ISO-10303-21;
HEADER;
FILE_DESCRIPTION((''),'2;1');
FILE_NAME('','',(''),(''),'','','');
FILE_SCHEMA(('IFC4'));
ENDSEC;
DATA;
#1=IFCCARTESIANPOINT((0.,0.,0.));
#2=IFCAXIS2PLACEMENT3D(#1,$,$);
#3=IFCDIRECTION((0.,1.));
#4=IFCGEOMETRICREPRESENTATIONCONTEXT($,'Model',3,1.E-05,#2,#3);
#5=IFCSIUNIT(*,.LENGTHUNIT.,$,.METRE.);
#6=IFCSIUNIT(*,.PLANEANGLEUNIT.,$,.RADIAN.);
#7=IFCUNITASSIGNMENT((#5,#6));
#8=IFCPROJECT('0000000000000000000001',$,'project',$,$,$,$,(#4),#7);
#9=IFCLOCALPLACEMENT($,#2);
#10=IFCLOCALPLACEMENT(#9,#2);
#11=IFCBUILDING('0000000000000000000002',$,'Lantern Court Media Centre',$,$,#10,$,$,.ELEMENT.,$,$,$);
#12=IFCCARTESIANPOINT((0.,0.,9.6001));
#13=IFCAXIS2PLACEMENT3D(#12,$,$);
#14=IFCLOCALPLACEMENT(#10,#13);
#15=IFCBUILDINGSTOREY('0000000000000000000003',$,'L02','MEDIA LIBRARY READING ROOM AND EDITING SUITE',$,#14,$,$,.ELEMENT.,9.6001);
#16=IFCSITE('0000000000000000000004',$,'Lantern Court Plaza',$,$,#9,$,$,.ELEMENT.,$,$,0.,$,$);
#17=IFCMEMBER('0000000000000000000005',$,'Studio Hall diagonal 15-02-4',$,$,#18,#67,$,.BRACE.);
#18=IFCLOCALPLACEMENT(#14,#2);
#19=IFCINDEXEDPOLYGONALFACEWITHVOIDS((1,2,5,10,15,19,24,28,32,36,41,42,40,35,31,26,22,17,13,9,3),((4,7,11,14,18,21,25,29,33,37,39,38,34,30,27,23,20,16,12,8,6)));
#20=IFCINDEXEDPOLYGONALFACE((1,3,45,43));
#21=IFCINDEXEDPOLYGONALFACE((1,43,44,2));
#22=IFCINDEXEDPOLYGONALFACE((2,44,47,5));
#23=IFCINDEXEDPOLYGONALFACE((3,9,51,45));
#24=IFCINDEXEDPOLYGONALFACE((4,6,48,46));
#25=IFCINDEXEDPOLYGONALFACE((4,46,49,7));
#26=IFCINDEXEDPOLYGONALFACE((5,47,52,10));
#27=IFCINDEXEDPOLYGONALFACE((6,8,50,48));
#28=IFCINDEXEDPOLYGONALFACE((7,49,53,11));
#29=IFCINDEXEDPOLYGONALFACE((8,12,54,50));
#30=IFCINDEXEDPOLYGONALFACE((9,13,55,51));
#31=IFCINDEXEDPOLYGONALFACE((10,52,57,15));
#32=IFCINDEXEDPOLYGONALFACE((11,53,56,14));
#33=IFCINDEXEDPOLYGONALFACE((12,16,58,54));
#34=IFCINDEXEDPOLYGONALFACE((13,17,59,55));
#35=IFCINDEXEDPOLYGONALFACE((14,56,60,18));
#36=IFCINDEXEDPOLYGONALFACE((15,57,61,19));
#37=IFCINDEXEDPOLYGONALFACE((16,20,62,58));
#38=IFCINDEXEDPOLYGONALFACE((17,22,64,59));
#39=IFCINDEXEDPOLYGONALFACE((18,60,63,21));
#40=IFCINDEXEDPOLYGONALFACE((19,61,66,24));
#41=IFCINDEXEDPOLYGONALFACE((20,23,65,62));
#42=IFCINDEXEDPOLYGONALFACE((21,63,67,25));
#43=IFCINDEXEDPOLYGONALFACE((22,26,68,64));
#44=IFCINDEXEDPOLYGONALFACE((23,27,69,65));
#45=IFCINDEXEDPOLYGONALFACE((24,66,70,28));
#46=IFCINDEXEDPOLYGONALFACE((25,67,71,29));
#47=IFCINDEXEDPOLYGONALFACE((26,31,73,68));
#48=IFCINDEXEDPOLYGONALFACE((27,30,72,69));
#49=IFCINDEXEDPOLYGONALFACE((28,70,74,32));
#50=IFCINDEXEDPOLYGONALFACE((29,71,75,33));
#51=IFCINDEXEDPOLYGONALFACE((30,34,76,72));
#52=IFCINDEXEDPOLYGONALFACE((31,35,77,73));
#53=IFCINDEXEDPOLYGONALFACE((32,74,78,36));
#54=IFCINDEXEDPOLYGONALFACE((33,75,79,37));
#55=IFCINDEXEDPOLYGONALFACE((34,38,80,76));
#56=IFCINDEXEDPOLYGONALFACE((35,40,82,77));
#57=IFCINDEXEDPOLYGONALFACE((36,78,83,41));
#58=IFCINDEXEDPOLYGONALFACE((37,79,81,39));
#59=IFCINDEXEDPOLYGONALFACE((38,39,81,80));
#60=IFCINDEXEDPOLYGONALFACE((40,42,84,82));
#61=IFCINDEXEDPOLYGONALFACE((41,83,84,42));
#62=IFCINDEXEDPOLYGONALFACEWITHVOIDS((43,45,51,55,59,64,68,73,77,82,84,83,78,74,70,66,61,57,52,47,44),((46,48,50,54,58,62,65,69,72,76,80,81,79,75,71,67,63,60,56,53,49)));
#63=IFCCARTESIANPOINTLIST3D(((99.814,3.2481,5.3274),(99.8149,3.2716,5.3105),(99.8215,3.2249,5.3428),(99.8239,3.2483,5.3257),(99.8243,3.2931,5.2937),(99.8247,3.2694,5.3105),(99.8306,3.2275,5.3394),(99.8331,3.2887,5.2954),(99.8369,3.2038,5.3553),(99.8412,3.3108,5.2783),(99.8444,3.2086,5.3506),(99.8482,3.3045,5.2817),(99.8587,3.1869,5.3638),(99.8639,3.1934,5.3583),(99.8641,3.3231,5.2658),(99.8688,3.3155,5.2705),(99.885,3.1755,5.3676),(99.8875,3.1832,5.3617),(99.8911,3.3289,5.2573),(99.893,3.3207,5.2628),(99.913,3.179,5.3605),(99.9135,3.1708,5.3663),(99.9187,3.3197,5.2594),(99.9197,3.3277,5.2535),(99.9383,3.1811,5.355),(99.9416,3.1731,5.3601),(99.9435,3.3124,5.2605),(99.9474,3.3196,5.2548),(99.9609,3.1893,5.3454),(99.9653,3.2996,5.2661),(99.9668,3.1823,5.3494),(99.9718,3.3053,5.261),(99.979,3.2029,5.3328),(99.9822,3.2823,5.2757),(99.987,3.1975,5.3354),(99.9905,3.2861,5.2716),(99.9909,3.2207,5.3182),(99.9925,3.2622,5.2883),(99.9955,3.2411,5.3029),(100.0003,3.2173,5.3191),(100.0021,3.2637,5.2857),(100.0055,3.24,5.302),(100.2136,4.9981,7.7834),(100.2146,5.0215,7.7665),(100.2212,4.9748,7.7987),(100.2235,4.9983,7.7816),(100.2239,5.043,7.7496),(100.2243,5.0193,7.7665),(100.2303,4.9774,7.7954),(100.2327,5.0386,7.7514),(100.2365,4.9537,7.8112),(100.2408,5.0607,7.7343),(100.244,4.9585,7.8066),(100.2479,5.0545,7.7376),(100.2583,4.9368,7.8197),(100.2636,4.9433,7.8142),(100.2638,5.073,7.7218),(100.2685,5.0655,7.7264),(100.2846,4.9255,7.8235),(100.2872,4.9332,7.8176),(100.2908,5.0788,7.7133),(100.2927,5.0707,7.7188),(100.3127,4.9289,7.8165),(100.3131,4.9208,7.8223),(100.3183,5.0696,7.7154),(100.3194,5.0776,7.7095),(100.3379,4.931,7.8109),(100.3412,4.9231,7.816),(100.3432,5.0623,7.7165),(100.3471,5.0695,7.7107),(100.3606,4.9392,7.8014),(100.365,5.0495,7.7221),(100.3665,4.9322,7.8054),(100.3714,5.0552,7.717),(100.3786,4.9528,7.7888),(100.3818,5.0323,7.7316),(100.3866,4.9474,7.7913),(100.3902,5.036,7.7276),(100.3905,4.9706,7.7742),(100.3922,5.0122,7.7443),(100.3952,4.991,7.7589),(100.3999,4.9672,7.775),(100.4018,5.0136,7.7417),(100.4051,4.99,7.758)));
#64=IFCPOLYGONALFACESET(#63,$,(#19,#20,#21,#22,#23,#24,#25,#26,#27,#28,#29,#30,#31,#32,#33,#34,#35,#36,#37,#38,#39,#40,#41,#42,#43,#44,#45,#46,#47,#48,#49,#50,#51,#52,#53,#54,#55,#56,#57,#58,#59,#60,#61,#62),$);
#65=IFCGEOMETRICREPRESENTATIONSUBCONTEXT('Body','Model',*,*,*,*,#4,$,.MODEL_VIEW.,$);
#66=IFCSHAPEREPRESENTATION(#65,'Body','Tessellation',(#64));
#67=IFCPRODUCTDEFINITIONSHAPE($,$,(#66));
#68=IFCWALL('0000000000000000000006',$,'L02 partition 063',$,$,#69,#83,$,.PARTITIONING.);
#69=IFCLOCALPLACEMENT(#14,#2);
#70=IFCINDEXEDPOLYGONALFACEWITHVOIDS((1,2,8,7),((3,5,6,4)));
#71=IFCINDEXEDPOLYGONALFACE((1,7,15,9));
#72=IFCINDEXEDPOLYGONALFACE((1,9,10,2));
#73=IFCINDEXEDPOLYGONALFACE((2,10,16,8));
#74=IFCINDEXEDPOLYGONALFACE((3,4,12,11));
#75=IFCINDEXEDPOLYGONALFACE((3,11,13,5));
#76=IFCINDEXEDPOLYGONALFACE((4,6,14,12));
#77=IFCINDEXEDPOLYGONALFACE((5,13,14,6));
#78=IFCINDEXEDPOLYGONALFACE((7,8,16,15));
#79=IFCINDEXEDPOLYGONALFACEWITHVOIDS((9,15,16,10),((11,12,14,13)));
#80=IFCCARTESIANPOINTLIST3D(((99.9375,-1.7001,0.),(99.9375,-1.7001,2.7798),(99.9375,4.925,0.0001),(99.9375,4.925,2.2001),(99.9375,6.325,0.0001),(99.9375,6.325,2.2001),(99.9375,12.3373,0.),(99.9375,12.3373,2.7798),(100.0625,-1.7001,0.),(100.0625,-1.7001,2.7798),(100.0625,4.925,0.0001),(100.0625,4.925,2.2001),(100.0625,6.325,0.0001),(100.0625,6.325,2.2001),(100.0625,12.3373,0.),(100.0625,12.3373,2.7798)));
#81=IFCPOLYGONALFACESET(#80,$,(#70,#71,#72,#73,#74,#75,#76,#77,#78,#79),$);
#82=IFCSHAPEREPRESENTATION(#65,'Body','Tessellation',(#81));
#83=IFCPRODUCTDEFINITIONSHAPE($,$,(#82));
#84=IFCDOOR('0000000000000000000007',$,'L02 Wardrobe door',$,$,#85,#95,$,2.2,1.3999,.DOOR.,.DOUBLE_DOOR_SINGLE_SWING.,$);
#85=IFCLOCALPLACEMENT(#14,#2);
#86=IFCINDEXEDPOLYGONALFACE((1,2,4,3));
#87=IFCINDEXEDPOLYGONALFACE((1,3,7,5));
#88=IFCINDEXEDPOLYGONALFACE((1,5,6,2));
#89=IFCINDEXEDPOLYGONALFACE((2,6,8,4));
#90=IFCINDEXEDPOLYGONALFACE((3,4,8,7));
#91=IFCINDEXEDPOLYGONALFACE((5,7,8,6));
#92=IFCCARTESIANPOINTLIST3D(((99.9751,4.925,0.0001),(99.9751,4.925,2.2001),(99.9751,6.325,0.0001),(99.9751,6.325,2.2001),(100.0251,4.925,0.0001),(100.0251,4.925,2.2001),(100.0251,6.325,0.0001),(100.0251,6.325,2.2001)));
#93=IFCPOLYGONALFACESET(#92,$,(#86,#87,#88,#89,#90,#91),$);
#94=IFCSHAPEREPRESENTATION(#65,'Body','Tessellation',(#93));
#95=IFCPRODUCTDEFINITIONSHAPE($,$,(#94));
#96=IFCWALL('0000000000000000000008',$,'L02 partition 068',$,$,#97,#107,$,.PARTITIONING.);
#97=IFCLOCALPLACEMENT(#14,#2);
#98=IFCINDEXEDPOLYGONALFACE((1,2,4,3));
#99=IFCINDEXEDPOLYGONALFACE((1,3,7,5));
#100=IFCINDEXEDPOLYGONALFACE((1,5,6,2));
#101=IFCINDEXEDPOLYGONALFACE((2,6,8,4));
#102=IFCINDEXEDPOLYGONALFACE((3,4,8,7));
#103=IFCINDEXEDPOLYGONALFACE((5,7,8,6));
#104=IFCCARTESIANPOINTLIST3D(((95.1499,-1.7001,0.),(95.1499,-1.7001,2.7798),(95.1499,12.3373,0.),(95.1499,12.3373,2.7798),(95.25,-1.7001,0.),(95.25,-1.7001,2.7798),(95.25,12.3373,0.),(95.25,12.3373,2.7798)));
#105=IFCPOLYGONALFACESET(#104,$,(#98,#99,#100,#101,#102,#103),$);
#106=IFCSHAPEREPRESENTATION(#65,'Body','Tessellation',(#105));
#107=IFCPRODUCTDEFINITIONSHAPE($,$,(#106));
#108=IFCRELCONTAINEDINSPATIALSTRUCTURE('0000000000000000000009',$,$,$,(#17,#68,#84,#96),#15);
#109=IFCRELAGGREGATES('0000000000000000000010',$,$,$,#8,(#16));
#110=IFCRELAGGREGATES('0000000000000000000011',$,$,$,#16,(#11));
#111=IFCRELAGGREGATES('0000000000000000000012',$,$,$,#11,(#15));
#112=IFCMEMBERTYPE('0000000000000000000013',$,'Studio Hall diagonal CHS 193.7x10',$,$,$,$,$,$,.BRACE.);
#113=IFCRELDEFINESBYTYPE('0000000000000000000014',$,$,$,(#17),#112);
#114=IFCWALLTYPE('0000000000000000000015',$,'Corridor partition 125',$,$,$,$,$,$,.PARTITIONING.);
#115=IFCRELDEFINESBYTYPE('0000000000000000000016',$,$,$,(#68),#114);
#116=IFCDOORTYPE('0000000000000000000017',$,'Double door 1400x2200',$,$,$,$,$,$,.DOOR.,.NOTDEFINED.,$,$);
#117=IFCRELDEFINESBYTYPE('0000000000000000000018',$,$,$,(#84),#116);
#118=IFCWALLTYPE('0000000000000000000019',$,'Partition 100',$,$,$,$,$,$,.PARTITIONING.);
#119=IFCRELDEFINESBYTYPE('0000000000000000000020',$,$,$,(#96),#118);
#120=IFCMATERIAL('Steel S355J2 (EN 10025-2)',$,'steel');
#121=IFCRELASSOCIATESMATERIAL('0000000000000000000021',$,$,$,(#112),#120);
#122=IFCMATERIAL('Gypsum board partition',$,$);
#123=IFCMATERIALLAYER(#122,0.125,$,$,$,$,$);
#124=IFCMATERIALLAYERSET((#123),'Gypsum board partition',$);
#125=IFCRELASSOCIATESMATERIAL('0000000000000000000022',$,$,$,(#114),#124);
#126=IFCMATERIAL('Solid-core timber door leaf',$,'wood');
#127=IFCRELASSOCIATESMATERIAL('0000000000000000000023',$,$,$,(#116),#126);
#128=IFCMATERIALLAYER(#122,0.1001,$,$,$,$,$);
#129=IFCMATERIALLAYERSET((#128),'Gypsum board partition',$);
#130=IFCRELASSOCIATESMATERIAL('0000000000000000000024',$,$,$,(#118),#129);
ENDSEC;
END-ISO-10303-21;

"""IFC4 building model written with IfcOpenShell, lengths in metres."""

from ifc_helpers import new_model, si_unit, direction, frame, frame_2d, origin, origin_2d, place, context, subcontext, project, spatial, rectangle, hollow_circle, extrude, material, layer, layer_set, material_profile, profile_set, type_object, element, fill, save


model = new_model("IFC4")

# Units and contexts
model_context = context("Model", 3, precision=1e-05, world=origin(), true_north=direction((0.0, 1.0)))
body_context = subcontext(model_context, "Body", "Model", "MODEL_VIEW")
ifc_project = project(units=[si_unit("LENGTHUNIT", "METRE"), si_unit("PLANEANGLEUNIT", "RADIAN")], contexts=[model_context])

# Site, building, storey
site_placement = place(None, origin())
site = spatial("IfcSite", under=ifc_project, at=site_placement, Name="Lantern Court Plaza", CompositionType="ELEMENT", RefElevation=0.0)
building_placement = place(site_placement, origin())
building = spatial("IfcBuilding", under=site, at=building_placement, Name="Lantern Court Media Centre", CompositionType="ELEMENT")
storey_placement = place(building_placement, frame((0.0, 0.0, 9.6001)))
storey = spatial("IfcBuildingStorey", under=building, at=storey_placement, Name="L02", Description="MEDIA LIBRARY READING ROOM AND EDITING SUITE", CompositionType="ELEMENT", Elevation=9.6001)

# Member
ifc_material_1 = material(Name="Steel S355J2 (EN 10025-2)", Category="steel")
ifc_material_profile_1 = material_profile(ifc_material_1, hollow_circle(Radius=0.0969, WallThickness=0.01, at=origin_2d()), Name="Studio Hall diagonal CHS 193.7x10")
ifc_profile_set_1 = profile_set([ifc_material_profile_1], Name="Steel S355J2 (EN 10025-2)")
member_type_1 = type_object("IfcMemberType", Name="Studio Hall diagonal CHS 193.7x10", PredefinedType="BRACE", material=ifc_profile_set_1)
for number, where, z_axis, x_axis, name in (
    (1, (99.9094, 3.25, 5.3105), (0.131375, 0.575259, 0.807352), (-0.9749, 0.222644, 0.0), "Studio Hall diagonal 15-02-4"),
):
    element("IfcMember", number, at=place(storey_placement, frame(where, z_axis=z_axis, x_axis=x_axis)), inside=storey, type_object=member_type_1, Name=name, PredefinedType="BRACE", context=body_context, shape_type="SweptSolid", body=[
        extrude(hollow_circle(Radius=0.0969, WallThickness=0.01, at=origin_2d()), origin(), (0.0, 0.0, 1.0), 3.042),
    ])

# Wall, opening, door
ifc_material_2 = material(Name="Gypsum board partition")
ifc_layer_1 = layer(ifc_material_2, 0.125)
ifc_layer_set_1 = layer_set([ifc_layer_1], Name="Gypsum board partition")
wall_type_1 = type_object("IfcWallType", Name="Corridor partition 125", PredefinedType="PARTITIONING", material=ifc_layer_set_1)
wall_1_placement = place(storey_placement, frame((100.0, -1.7, 0.0), z_axis=(0.0, 0.0, 1.0), x_axis=(0.0, 1.0, 0.0)))
wall_1 = element("IfcWall", 2, at=wall_1_placement, inside=storey, type_object=wall_type_1, Name="L02 partition 063", PredefinedType="PARTITIONING", context=body_context, shape_type="SweptSolid", body=[
    extrude(rectangle(XDim=14.0374, YDim=0.125, at=frame_2d((7.0186, 0.0))), origin(), (0.0, 0.0, 1.0), 2.7798),
])
opening_placement = place(wall_1_placement, frame((6.625, 0.0, 0.0)))
opening = element("IfcOpeningElement", 3, at=opening_placement, cuts=wall_1, PredefinedType="OPENING", context=body_context, shape_type="SweptSolid", body=[
    extrude(rectangle(XDim=1.3999, YDim=2.2, at=frame_2d((0.7, 1.1001))), frame((0.0, 0.0725, 0.0), z_axis=(0.0, -1.0, 0.0), x_axis=(1.0, 0.0, 0.0)), (0.0, 0.0, 1.0), 0.145),
])
ifc_material_3 = material(Name="Solid-core timber door leaf", Category="wood")
door_type = type_object("IfcDoorType", Name="Double door 1400x2200", OperationType="NOTDEFINED", PredefinedType="DOOR", material=ifc_material_3)
door_placement = place(opening_placement, origin())
door = element("IfcDoor", 4, at=door_placement, inside=storey, type_object=door_type, Name="L02 Wardrobe door", OperationType="DOUBLE_DOOR_SINGLE_SWING", OverallHeight=2.2, OverallWidth=1.3999, PredefinedType="DOOR", context=body_context, shape_type="SweptSolid", body=[
    extrude(rectangle(XDim=1.3999, YDim=2.2, at=frame_2d((0.7, 1.1001))), frame((0.0, 0.0249, 0.0), z_axis=(0.0, -1.0, 0.0), x_axis=(1.0, 0.0, 0.0)), (0.0, 0.0, 1.0), 0.05),
])
fill(opening, door)

# Wall
ifc_layer_2 = layer(ifc_material_2, 0.1001)
ifc_layer_set_2 = layer_set([ifc_layer_2], Name="Gypsum board partition")
wall_type_2 = type_object("IfcWallType", Name="Partition 100", PredefinedType="PARTITIONING", material=ifc_layer_set_2)
wall_2_placement = place(storey_placement, frame((95.2, -1.7, 0.0), z_axis=(0.0, 0.0, 1.0), x_axis=(0.0, 1.0, 0.0)))
element("IfcWall", 5, at=wall_2_placement, inside=storey, type_object=wall_type_2, Name="L02 partition 068", PredefinedType="PARTITIONING", context=body_context, shape_type="SweptSolid", body=[
    extrude(rectangle(XDim=14.0374, YDim=0.1001, at=frame_2d((7.0186, 0.0))), origin(), (0.0, 0.0, 1.0), 2.7798),
])

save(model, "model.ifc")
